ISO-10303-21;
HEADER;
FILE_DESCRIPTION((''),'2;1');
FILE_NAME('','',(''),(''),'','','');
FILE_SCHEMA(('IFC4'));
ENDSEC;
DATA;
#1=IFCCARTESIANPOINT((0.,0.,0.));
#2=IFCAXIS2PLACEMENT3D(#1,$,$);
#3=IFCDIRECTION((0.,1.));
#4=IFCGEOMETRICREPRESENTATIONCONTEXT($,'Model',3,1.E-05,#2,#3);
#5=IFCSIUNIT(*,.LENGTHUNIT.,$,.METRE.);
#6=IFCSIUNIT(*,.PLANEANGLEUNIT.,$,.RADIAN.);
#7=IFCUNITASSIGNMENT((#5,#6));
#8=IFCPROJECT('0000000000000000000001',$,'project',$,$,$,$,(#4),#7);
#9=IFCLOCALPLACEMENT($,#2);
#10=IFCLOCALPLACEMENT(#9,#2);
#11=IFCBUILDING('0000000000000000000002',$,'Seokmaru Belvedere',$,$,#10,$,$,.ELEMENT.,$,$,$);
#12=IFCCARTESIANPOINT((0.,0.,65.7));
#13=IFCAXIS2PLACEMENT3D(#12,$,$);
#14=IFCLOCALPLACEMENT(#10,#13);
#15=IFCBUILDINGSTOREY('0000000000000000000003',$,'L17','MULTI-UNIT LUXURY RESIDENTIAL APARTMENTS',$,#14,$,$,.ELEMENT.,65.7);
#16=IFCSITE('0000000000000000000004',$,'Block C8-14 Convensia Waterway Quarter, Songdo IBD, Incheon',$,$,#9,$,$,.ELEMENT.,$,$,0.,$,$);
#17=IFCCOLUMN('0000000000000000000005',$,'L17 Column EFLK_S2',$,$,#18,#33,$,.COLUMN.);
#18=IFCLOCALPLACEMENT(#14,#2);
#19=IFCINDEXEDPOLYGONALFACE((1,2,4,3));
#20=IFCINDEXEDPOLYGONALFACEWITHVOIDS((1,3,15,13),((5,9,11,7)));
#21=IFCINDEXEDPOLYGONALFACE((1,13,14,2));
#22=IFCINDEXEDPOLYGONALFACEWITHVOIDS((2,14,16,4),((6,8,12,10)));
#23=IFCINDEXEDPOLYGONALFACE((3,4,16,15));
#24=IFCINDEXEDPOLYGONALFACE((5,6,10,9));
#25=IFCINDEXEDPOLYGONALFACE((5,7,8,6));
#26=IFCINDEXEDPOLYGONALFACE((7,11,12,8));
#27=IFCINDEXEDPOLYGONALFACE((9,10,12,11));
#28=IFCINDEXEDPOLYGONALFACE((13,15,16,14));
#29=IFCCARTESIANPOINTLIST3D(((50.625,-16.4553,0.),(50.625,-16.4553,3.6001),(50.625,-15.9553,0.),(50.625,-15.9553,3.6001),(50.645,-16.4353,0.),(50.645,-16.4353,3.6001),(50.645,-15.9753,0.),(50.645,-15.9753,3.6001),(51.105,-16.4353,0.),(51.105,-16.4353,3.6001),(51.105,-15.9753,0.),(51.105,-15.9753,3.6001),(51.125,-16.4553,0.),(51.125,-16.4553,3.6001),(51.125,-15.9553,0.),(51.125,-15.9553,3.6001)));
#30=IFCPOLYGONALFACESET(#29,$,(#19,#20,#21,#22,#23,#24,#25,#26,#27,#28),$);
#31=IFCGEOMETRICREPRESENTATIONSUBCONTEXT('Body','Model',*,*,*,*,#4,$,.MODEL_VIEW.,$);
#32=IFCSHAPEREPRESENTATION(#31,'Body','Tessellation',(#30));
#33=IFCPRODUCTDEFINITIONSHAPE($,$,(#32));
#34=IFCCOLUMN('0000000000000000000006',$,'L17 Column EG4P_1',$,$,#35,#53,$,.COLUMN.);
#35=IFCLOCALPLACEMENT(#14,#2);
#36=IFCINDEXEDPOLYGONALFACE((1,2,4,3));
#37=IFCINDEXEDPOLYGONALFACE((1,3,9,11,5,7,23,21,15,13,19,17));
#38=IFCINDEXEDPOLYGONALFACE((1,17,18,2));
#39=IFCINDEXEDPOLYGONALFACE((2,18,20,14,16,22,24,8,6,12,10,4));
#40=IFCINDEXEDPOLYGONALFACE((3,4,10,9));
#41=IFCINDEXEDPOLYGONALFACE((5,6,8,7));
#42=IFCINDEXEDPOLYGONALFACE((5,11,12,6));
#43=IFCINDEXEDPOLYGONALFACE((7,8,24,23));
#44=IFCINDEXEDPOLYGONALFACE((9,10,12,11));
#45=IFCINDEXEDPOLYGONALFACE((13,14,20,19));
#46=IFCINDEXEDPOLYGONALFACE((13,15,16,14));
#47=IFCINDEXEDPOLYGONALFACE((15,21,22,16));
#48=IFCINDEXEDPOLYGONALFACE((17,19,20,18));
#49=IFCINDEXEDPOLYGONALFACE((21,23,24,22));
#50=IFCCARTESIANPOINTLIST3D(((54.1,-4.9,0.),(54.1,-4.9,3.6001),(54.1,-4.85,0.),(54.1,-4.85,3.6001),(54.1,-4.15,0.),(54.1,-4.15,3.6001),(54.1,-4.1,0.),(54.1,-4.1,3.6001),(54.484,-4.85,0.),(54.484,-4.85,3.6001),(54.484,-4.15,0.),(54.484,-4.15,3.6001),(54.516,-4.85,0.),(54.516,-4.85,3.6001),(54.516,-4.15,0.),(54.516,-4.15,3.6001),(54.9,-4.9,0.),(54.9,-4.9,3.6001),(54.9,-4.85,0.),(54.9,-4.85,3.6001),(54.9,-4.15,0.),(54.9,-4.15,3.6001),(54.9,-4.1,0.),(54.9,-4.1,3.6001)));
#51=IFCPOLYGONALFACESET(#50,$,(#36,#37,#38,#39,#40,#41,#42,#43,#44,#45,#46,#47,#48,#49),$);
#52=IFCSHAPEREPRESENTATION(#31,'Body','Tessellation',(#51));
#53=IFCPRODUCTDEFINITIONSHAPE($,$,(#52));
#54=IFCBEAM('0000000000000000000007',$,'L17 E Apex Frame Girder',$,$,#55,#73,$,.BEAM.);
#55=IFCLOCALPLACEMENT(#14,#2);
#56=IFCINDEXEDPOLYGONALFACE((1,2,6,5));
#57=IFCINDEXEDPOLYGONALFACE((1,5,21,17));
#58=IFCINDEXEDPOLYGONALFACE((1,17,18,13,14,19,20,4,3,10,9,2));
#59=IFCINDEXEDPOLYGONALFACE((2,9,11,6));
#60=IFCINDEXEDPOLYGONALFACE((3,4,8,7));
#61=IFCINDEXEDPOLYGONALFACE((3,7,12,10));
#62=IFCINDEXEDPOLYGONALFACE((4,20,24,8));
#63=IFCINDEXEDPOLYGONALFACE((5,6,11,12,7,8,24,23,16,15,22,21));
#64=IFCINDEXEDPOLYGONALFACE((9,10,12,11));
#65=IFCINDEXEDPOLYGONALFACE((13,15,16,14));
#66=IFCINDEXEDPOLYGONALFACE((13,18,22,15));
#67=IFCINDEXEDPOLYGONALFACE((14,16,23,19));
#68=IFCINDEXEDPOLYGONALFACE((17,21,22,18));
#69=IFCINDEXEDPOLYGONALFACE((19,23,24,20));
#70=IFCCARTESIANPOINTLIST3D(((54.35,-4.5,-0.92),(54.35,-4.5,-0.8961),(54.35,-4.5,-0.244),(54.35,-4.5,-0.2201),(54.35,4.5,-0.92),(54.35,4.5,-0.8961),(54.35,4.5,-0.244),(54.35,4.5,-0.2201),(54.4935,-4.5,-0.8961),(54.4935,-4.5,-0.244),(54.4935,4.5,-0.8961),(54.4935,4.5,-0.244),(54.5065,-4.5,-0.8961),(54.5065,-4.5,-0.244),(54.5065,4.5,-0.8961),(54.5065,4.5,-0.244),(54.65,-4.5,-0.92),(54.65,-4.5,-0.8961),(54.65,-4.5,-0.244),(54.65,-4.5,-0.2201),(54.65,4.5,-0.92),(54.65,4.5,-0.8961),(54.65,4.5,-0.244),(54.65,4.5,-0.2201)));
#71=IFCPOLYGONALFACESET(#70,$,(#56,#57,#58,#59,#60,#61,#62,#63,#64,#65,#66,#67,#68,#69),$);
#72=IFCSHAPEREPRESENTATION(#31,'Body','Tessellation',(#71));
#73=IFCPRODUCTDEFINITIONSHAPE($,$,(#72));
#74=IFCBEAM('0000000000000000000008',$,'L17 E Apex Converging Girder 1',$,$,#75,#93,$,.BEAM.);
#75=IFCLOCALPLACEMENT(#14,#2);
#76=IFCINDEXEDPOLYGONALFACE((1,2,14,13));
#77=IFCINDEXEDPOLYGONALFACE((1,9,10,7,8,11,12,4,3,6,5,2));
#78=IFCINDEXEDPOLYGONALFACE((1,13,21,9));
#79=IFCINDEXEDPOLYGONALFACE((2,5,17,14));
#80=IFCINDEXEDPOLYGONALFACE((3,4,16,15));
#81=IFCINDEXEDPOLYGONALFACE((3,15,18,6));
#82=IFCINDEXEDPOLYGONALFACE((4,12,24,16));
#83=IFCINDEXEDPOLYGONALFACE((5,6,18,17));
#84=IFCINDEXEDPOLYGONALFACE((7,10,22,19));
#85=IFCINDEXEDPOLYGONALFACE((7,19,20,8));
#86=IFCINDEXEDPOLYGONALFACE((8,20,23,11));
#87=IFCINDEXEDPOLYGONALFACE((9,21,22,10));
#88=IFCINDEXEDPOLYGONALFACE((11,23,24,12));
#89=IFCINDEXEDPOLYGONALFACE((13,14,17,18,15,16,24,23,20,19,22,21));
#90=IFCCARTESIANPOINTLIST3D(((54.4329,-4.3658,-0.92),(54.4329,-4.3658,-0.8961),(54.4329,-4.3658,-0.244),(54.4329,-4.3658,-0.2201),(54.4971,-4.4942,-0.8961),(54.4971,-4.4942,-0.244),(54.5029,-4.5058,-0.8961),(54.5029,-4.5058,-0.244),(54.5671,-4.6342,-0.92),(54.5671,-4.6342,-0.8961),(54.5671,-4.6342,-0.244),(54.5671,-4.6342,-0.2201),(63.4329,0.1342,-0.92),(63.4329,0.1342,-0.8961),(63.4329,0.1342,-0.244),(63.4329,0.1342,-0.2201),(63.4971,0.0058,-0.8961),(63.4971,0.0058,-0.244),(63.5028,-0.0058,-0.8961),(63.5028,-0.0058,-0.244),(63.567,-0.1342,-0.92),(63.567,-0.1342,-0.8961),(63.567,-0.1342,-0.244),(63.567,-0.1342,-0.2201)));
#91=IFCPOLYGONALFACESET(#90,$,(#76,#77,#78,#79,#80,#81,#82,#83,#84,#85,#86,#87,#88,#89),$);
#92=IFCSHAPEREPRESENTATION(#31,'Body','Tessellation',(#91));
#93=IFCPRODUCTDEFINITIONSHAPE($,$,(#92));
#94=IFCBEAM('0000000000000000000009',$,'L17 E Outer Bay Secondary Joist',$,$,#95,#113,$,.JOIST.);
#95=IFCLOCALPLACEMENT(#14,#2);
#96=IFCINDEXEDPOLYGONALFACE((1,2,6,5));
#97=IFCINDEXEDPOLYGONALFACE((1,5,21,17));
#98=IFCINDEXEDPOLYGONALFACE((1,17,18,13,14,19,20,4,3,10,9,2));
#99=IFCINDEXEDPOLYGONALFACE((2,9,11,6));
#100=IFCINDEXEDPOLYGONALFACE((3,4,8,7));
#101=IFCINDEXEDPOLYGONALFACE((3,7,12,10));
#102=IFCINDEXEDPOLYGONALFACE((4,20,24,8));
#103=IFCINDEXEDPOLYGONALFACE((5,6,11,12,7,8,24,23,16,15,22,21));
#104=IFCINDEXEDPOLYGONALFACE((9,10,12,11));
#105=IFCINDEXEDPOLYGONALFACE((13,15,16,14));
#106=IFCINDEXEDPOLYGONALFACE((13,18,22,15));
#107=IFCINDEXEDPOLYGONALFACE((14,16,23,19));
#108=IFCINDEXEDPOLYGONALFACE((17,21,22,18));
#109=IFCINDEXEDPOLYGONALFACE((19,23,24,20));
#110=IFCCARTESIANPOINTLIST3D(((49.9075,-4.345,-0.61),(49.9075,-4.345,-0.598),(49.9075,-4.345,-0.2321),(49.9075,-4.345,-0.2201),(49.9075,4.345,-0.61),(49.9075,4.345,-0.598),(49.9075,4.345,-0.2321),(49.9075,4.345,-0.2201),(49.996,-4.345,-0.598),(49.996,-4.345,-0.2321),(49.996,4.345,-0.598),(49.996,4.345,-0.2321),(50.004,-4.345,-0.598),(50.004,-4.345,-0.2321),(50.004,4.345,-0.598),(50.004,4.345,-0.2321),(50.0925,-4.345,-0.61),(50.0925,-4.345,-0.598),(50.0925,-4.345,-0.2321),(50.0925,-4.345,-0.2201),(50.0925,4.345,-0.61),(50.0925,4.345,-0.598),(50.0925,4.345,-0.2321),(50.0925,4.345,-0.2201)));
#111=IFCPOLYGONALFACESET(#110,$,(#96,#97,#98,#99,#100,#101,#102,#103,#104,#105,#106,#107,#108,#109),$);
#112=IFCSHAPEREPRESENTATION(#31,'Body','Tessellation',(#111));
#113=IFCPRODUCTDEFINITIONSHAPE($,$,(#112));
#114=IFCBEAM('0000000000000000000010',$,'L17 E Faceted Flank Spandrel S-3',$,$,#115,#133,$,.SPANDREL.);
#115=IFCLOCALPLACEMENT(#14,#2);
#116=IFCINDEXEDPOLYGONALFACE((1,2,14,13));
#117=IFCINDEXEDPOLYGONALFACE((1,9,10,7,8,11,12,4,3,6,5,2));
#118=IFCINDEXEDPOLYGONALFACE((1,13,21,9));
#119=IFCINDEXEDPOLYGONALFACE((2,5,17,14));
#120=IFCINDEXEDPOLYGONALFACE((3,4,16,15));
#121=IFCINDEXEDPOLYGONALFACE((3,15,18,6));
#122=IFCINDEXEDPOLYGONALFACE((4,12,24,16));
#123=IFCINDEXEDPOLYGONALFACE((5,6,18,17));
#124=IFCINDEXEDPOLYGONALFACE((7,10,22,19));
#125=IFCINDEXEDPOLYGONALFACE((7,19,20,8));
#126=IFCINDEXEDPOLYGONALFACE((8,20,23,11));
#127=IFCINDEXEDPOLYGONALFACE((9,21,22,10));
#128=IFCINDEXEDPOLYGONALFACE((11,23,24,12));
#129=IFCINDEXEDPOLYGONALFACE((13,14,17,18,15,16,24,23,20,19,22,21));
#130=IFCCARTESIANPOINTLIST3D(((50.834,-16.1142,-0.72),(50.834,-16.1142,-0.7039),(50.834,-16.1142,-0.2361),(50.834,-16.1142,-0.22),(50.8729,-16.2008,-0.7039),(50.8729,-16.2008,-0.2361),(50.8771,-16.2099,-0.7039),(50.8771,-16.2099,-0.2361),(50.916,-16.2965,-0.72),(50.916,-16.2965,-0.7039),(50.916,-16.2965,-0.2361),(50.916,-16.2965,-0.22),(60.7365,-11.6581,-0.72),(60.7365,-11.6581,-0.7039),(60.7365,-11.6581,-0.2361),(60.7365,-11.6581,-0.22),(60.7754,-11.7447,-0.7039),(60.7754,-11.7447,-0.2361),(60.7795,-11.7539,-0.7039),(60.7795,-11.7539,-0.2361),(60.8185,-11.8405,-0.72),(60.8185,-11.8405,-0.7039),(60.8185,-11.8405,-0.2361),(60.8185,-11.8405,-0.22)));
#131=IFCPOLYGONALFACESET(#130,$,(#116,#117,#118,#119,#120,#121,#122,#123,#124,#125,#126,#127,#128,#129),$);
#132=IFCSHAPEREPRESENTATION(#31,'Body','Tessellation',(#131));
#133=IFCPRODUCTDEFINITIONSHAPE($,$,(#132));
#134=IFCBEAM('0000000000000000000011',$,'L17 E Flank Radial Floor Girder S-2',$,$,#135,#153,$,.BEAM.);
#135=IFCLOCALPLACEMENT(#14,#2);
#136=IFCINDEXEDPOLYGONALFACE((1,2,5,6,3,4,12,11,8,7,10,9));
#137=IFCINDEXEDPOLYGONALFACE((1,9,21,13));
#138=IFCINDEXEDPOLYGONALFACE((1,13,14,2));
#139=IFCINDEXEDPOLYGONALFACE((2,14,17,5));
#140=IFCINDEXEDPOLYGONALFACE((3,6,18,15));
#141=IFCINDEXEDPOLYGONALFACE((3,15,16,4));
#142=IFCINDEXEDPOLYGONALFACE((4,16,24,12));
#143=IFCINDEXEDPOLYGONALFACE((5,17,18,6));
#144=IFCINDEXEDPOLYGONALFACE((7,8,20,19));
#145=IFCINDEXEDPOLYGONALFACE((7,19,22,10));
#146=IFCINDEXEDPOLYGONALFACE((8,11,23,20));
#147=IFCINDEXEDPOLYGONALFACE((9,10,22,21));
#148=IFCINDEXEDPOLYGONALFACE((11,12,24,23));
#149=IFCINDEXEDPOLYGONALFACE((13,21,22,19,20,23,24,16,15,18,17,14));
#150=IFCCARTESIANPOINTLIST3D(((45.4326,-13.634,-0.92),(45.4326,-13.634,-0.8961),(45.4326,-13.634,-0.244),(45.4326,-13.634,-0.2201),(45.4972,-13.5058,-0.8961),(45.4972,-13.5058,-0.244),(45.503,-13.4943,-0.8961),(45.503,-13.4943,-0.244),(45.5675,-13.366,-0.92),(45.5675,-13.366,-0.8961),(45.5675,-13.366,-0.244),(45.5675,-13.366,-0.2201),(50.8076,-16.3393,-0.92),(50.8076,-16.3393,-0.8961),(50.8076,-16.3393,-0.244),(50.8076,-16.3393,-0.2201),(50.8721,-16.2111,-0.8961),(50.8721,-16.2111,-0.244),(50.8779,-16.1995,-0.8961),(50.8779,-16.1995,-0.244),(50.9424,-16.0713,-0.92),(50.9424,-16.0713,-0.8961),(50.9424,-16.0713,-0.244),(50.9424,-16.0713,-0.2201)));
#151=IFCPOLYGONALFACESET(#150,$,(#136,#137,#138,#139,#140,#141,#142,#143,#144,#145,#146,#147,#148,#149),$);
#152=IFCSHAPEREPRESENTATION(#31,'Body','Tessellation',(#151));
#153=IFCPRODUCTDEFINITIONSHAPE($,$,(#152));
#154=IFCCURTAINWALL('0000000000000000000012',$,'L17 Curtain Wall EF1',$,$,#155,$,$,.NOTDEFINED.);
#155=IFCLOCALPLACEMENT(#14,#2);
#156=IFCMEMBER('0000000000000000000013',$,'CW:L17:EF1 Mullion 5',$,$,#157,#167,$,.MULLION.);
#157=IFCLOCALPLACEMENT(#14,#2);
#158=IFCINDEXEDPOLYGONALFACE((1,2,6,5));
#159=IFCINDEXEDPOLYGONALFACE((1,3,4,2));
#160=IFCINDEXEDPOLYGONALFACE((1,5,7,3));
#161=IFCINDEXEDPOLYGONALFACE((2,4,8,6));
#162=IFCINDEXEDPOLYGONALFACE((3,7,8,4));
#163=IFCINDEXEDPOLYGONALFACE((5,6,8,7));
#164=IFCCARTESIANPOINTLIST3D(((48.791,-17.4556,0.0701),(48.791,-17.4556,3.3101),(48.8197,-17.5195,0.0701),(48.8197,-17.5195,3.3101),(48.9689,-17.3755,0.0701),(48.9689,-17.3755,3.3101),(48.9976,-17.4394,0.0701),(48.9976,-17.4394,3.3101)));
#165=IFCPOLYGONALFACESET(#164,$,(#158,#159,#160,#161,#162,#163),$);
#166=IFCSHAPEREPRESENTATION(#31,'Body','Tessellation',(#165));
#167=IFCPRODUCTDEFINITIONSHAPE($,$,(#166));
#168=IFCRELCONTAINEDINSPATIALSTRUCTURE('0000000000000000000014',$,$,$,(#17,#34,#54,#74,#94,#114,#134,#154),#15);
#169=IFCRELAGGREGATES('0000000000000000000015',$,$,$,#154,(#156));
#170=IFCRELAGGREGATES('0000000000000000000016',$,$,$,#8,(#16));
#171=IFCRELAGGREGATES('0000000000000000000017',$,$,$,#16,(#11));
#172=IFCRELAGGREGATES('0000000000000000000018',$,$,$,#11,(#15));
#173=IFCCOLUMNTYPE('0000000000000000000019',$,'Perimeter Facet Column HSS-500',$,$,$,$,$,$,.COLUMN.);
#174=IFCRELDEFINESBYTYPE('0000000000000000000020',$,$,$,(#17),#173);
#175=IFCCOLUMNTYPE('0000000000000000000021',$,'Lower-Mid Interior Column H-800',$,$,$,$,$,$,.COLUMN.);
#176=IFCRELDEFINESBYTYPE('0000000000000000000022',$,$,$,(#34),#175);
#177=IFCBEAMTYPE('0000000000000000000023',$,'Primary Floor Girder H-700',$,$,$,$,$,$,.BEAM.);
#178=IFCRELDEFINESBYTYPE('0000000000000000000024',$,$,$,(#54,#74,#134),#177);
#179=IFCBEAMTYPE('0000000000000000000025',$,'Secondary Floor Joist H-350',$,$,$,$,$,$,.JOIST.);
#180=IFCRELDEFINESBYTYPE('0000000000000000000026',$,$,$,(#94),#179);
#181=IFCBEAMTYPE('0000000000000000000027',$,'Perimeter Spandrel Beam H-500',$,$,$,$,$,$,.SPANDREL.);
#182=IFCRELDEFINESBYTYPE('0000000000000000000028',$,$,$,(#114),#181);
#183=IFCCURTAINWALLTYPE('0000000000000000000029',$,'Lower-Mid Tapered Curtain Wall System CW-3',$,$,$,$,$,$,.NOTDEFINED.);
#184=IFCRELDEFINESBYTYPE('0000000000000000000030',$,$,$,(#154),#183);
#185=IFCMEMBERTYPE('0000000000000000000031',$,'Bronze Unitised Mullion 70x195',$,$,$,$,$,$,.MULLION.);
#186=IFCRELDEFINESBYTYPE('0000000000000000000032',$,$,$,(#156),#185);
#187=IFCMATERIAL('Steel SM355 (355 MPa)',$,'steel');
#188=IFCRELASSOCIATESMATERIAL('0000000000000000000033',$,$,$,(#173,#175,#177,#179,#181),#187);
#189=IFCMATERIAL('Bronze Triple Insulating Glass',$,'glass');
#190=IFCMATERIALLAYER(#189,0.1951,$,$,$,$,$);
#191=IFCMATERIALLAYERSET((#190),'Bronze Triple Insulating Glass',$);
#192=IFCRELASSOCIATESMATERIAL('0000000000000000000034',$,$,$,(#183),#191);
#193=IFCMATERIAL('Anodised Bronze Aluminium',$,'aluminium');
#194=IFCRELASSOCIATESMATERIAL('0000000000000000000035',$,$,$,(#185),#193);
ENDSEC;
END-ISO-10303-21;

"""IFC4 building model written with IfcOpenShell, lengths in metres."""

from ifc_helpers import new_model, si_unit, direction, frame, origin, origin_2d, place, context, subcontext, project, spatial, rectangle, hollow_rectangle, i_section, extrude, source, transform, mapped, material, layer, layer_set, material_profile, profile_set, type_object, type_shapes, element, aggregate, save


model = new_model("IFC4")

# Units and contexts
model_context = context("Model", 3, precision=1e-05, world=origin(), true_north=direction((0.0, 1.0)))
body_context = subcontext(model_context, "Body", "Model", "MODEL_VIEW")
ifc_project = project(units=[si_unit("LENGTHUNIT", "METRE"), si_unit("PLANEANGLEUNIT", "RADIAN")], contexts=[model_context])

# Site, building, storey
site_placement = place(None, origin())
site = spatial("IfcSite", under=ifc_project, at=site_placement, Name="Block C8-14 Convensia Waterway Quarter, Songdo IBD, Incheon", CompositionType="ELEMENT", RefElevation=0.0)
building_placement = place(site_placement, origin())
building = spatial("IfcBuilding", under=site, at=building_placement, Name="Seokmaru Belvedere", CompositionType="ELEMENT")
storey_placement = place(building_placement, frame((0.0, 0.0, 65.7)))
storey = spatial("IfcBuildingStorey", under=building, at=storey_placement, Name="L17", Description="MULTI-UNIT LUXURY RESIDENTIAL APARTMENTS", CompositionType="ELEMENT", Elevation=65.7)

# Columns
ifc_material_1 = material(Name="Steel SM355 (355 MPa)", Category="steel")
ifc_material_profile_1 = material_profile(ifc_material_1, hollow_rectangle(XDim=0.5, YDim=0.5, WallThickness=0.02, at=origin_2d()), Name="HSS-500x500x20")
ifc_profile_set_1 = profile_set([ifc_material_profile_1], Name="Steel SM355 (355 MPa)")
column_type_1 = type_object("IfcColumnType", Name="Perimeter Facet Column HSS-500", PredefinedType="COLUMN", material=ifc_profile_set_1)
shared_shape_1 = source(origin(), body_context, "Body", "SweptSolid", [
    extrude(hollow_rectangle(XDim=0.5, YDim=0.5, WallThickness=0.02, at=origin_2d()), origin(), (0.0, 0.0, 1.0), 3.6001),
])
type_shapes(column_type_1, [shared_shape_1])
column_1_placement = place(storey_placement, frame((50.875, -16.2053, 0.0), z_axis=(0.0, 0.0, 1.0), x_axis=(1.0, 0.0, 0.0)))
element("IfcColumn", 1, at=column_1_placement, inside=storey, type_object=column_type_1, Name="L17 Column EFLK_S2", PredefinedType="COLUMN", context=body_context, shape_type="MappedRepresentation", body=[
    mapped(shared_shape_1, transform((0.0, 0.0, 0.0), scale=1.0)),
])
ifc_material_profile_2 = material_profile(ifc_material_1, i_section(OverallWidth=0.8, OverallDepth=0.8, WebThickness=0.032, FlangeThickness=0.05, at=origin_2d()), Name="H-800x800x32x50")
ifc_profile_set_2 = profile_set([ifc_material_profile_2], Name="Steel SM355 (355 MPa)")
column_type_2 = type_object("IfcColumnType", Name="Lower-Mid Interior Column H-800", PredefinedType="COLUMN", material=ifc_profile_set_2)
shared_shape_2 = source(origin(), body_context, "Body", "SweptSolid", [
    extrude(i_section(OverallWidth=0.8, OverallDepth=0.8, WebThickness=0.032, FlangeThickness=0.05, at=origin_2d()), origin(), (0.0, 0.0, 1.0), 3.6001),
])
type_shapes(column_type_2, [shared_shape_2])
column_2_placement = place(storey_placement, frame((54.5, -4.5, 0.0), z_axis=(0.0, 0.0, 1.0), x_axis=(1.0, 0.0, 0.0)))
element("IfcColumn", 2, at=column_2_placement, inside=storey, type_object=column_type_2, Name="L17 Column EG4P_1", PredefinedType="COLUMN", context=body_context, shape_type="MappedRepresentation", body=[
    mapped(shared_shape_2, transform((0.0, 0.0, 0.0), scale=1.0)),
])

# Beams
ifc_material_profile_3 = material_profile(ifc_material_1, i_section(OverallWidth=0.3, OverallDepth=0.7, WebThickness=0.0129, FlangeThickness=0.0239, at=origin_2d()), Name="H-700x300x13x24")
ifc_profile_set_3 = profile_set([ifc_material_profile_3], Name="Steel SM355 (355 MPa)")
beam_type_1 = type_object("IfcBeamType", Name="Primary Floor Girder H-700", PredefinedType="BEAM", material=ifc_profile_set_3)
shared_shape_3 = source(origin(), body_context, "Body", "SweptSolid", [
    extrude(i_section(OverallWidth=0.3, OverallDepth=0.7, WebThickness=0.0129, FlangeThickness=0.0239, at=origin_2d()), origin(), (0.0, 0.0, 1.0), 9.0),
])
beam_1_placement = place(storey_placement, frame((54.5, -4.5, -0.5701), z_axis=(0.0, 1.0, 0.0), x_axis=(-1.0, 0.0, 0.0)))
element("IfcBeam", 3, at=beam_1_placement, inside=storey, type_object=beam_type_1, Name="L17 E Apex Frame Girder", PredefinedType="BEAM", context=body_context, shape_type="MappedRepresentation", body=[
    mapped(shared_shape_3, transform((0.0, 0.0, 0.0), scale=1.0)),
])
shared_shape_4 = source(origin(), body_context, "Body", "SweptSolid", [
    extrude(i_section(OverallWidth=0.3, OverallDepth=0.7, WebThickness=0.0129, FlangeThickness=0.0239, at=origin_2d()), origin(), (0.0, 0.0, 1.0), 10.0623),
])
beam_2_placement = place(storey_placement, frame((54.5, -4.5, -0.5701), z_axis=(0.894427, 0.447214, 0.0), x_axis=(-0.447214, 0.894427, 0.0)))
element("IfcBeam", 4, at=beam_2_placement, inside=storey, type_object=beam_type_1, Name="L17 E Apex Converging Girder 1", PredefinedType="BEAM", context=body_context, shape_type="MappedRepresentation", body=[
    mapped(shared_shape_4, transform((0.0, 0.0, 0.0), scale=1.0)),
])
ifc_material_profile_4 = material_profile(ifc_material_1, i_section(OverallWidth=0.1851, OverallDepth=0.3899, WebThickness=0.0081, FlangeThickness=0.012, at=origin_2d()), Name="H-390x185x8x12")
ifc_profile_set_4 = profile_set([ifc_material_profile_4], Name="Steel SM355 (355 MPa)")
beam_type_2 = type_object("IfcBeamType", Name="Secondary Floor Joist H-350", PredefinedType="JOIST", material=ifc_profile_set_4)
shared_shape_5 = source(origin(), body_context, "Body", "SweptSolid", [
    extrude(i_section(OverallWidth=0.1851, OverallDepth=0.3899, WebThickness=0.0081, FlangeThickness=0.012, at=origin_2d()), origin(), (0.0, 0.0, 1.0), 8.6899),
])
type_shapes(beam_type_2, [shared_shape_5])
beam_3_placement = place(storey_placement, frame((50.0, -4.345, -0.415), z_axis=(0.0, 1.0, 0.0), x_axis=(-1.0, 0.0, 0.0)))
element("IfcBeam", 5, at=beam_3_placement, inside=storey, type_object=beam_type_2, Name="L17 E Outer Bay Secondary Joist", PredefinedType="JOIST", context=body_context, shape_type="MappedRepresentation", body=[
    mapped(shared_shape_5, transform((0.0, 0.0, 0.0), scale=1.0)),
])
ifc_material_profile_5 = material_profile(ifc_material_1, i_section(OverallWidth=0.2, OverallDepth=0.5, WebThickness=0.01, FlangeThickness=0.0161, at=origin_2d()), Name="H-500x200x10x16")
ifc_profile_set_5 = profile_set([ifc_material_profile_5], Name="Steel SM355 (355 MPa)")
beam_type_3 = type_object("IfcBeamType", Name="Perimeter Spandrel Beam H-500", PredefinedType="SPANDREL", material=ifc_profile_set_5)
shared_shape_6 = source(origin(), body_context, "Body", "SweptSolid", [
    extrude(i_section(OverallWidth=0.2, OverallDepth=0.5, WebThickness=0.01, FlangeThickness=0.0161, at=origin_2d()), origin(), (0.0, 0.0, 1.0), 10.8589),
])
type_shapes(beam_type_3, [shared_shape_6])
beam_4_placement = place(storey_placement, frame((50.875, -16.2053, -0.47), z_axis=(0.911925, 0.410356, 0.0), x_axis=(-0.410356, 0.911925, 0.0)))
element("IfcBeam", 6, at=beam_4_placement, inside=storey, type_object=beam_type_3, Name="L17 E Faceted Flank Spandrel S-3", PredefinedType="SPANDREL", context=body_context, shape_type="MappedRepresentation", body=[
    mapped(shared_shape_6, transform((0.0, 0.0, 0.0), scale=1.0)),
])
shared_shape_7 = source(origin(), body_context, "Body", "SweptSolid", [
    extrude(i_section(OverallWidth=0.3, OverallDepth=0.7, WebThickness=0.0129, FlangeThickness=0.0239, at=origin_2d()), origin(), (0.0, 0.0, 1.0), 6.0173),
])
type_shapes(beam_type_1, [shared_shape_3, shared_shape_4, shared_shape_7])
beam_5_placement = place(storey_placement, frame((50.875, -16.2053, -0.5701), z_axis=(-0.893239, 0.449581, 0.0), x_axis=(-0.449581, -0.893239, 0.0)))
element("IfcBeam", 7, at=beam_5_placement, inside=storey, type_object=beam_type_1, Name="L17 E Flank Radial Floor Girder S-2", PredefinedType="BEAM", context=body_context, shape_type="MappedRepresentation", body=[
    mapped(shared_shape_7, transform((0.0, 0.0, 0.0), scale=1.0)),
])

# Curtain wall, member
ifc_material_2 = material(Name="Bronze Triple Insulating Glass", Category="glass")
ifc_layer_1 = layer(ifc_material_2, 0.1951)
ifc_layer_set_1 = layer_set([ifc_layer_1], Name="Bronze Triple Insulating Glass")
curtain_wall_type = type_object("IfcCurtainWallType", Name="Lower-Mid Tapered Curtain Wall System CW-3", PredefinedType="NOTDEFINED", material=ifc_layer_set_1)
curtain_wall_placement = place(storey_placement, origin())
curtain_wall = element("IfcCurtainWall", 8, at=curtain_wall_placement, inside=storey, type_object=curtain_wall_type, Name="L17 Curtain Wall EF1", PredefinedType="NOTDEFINED")
ifc_material_3 = material(Name="Anodised Bronze Aluminium", Category="aluminium")
ifc_material_profile_6 = material_profile(ifc_material_3, rectangle(XDim=0.0701, YDim=0.1951, at=origin_2d()), Name="CW-M-70x195")
ifc_profile_set_6 = profile_set([ifc_material_profile_6], Name="Anodised Bronze Aluminium")
member_type = type_object("IfcMemberType", Name="Bronze Unitised Mullion 70x195", PredefinedType="MULLION", material=ifc_profile_set_6)
shared_shape_8 = source(origin(), body_context, "Body", "SweptSolid", [
    extrude(rectangle(XDim=0.0701, YDim=0.1951, at=origin_2d()), origin(), (0.0, 0.0, 1.0), 3.24),
])
type_shapes(member_type, [shared_shape_8])
member_1_placement = place(storey_placement, frame((48.8943, -17.4475, 0.0701), z_axis=(0.0, 0.0, 1.0), x_axis=(-0.410366, 0.911921, 0.0)))
member_1 = element("IfcMember", 9, at=member_1_placement, type_object=member_type, Name="CW:L17:EF1 Mullion 5", PredefinedType="MULLION", context=body_context, shape_type="MappedRepresentation", body=[
    mapped(shared_shape_8, transform((0.0, 0.0, 0.0), scale=1.0)),
])
aggregate(curtain_wall, [member_1])

save(model, "model.ifc")
